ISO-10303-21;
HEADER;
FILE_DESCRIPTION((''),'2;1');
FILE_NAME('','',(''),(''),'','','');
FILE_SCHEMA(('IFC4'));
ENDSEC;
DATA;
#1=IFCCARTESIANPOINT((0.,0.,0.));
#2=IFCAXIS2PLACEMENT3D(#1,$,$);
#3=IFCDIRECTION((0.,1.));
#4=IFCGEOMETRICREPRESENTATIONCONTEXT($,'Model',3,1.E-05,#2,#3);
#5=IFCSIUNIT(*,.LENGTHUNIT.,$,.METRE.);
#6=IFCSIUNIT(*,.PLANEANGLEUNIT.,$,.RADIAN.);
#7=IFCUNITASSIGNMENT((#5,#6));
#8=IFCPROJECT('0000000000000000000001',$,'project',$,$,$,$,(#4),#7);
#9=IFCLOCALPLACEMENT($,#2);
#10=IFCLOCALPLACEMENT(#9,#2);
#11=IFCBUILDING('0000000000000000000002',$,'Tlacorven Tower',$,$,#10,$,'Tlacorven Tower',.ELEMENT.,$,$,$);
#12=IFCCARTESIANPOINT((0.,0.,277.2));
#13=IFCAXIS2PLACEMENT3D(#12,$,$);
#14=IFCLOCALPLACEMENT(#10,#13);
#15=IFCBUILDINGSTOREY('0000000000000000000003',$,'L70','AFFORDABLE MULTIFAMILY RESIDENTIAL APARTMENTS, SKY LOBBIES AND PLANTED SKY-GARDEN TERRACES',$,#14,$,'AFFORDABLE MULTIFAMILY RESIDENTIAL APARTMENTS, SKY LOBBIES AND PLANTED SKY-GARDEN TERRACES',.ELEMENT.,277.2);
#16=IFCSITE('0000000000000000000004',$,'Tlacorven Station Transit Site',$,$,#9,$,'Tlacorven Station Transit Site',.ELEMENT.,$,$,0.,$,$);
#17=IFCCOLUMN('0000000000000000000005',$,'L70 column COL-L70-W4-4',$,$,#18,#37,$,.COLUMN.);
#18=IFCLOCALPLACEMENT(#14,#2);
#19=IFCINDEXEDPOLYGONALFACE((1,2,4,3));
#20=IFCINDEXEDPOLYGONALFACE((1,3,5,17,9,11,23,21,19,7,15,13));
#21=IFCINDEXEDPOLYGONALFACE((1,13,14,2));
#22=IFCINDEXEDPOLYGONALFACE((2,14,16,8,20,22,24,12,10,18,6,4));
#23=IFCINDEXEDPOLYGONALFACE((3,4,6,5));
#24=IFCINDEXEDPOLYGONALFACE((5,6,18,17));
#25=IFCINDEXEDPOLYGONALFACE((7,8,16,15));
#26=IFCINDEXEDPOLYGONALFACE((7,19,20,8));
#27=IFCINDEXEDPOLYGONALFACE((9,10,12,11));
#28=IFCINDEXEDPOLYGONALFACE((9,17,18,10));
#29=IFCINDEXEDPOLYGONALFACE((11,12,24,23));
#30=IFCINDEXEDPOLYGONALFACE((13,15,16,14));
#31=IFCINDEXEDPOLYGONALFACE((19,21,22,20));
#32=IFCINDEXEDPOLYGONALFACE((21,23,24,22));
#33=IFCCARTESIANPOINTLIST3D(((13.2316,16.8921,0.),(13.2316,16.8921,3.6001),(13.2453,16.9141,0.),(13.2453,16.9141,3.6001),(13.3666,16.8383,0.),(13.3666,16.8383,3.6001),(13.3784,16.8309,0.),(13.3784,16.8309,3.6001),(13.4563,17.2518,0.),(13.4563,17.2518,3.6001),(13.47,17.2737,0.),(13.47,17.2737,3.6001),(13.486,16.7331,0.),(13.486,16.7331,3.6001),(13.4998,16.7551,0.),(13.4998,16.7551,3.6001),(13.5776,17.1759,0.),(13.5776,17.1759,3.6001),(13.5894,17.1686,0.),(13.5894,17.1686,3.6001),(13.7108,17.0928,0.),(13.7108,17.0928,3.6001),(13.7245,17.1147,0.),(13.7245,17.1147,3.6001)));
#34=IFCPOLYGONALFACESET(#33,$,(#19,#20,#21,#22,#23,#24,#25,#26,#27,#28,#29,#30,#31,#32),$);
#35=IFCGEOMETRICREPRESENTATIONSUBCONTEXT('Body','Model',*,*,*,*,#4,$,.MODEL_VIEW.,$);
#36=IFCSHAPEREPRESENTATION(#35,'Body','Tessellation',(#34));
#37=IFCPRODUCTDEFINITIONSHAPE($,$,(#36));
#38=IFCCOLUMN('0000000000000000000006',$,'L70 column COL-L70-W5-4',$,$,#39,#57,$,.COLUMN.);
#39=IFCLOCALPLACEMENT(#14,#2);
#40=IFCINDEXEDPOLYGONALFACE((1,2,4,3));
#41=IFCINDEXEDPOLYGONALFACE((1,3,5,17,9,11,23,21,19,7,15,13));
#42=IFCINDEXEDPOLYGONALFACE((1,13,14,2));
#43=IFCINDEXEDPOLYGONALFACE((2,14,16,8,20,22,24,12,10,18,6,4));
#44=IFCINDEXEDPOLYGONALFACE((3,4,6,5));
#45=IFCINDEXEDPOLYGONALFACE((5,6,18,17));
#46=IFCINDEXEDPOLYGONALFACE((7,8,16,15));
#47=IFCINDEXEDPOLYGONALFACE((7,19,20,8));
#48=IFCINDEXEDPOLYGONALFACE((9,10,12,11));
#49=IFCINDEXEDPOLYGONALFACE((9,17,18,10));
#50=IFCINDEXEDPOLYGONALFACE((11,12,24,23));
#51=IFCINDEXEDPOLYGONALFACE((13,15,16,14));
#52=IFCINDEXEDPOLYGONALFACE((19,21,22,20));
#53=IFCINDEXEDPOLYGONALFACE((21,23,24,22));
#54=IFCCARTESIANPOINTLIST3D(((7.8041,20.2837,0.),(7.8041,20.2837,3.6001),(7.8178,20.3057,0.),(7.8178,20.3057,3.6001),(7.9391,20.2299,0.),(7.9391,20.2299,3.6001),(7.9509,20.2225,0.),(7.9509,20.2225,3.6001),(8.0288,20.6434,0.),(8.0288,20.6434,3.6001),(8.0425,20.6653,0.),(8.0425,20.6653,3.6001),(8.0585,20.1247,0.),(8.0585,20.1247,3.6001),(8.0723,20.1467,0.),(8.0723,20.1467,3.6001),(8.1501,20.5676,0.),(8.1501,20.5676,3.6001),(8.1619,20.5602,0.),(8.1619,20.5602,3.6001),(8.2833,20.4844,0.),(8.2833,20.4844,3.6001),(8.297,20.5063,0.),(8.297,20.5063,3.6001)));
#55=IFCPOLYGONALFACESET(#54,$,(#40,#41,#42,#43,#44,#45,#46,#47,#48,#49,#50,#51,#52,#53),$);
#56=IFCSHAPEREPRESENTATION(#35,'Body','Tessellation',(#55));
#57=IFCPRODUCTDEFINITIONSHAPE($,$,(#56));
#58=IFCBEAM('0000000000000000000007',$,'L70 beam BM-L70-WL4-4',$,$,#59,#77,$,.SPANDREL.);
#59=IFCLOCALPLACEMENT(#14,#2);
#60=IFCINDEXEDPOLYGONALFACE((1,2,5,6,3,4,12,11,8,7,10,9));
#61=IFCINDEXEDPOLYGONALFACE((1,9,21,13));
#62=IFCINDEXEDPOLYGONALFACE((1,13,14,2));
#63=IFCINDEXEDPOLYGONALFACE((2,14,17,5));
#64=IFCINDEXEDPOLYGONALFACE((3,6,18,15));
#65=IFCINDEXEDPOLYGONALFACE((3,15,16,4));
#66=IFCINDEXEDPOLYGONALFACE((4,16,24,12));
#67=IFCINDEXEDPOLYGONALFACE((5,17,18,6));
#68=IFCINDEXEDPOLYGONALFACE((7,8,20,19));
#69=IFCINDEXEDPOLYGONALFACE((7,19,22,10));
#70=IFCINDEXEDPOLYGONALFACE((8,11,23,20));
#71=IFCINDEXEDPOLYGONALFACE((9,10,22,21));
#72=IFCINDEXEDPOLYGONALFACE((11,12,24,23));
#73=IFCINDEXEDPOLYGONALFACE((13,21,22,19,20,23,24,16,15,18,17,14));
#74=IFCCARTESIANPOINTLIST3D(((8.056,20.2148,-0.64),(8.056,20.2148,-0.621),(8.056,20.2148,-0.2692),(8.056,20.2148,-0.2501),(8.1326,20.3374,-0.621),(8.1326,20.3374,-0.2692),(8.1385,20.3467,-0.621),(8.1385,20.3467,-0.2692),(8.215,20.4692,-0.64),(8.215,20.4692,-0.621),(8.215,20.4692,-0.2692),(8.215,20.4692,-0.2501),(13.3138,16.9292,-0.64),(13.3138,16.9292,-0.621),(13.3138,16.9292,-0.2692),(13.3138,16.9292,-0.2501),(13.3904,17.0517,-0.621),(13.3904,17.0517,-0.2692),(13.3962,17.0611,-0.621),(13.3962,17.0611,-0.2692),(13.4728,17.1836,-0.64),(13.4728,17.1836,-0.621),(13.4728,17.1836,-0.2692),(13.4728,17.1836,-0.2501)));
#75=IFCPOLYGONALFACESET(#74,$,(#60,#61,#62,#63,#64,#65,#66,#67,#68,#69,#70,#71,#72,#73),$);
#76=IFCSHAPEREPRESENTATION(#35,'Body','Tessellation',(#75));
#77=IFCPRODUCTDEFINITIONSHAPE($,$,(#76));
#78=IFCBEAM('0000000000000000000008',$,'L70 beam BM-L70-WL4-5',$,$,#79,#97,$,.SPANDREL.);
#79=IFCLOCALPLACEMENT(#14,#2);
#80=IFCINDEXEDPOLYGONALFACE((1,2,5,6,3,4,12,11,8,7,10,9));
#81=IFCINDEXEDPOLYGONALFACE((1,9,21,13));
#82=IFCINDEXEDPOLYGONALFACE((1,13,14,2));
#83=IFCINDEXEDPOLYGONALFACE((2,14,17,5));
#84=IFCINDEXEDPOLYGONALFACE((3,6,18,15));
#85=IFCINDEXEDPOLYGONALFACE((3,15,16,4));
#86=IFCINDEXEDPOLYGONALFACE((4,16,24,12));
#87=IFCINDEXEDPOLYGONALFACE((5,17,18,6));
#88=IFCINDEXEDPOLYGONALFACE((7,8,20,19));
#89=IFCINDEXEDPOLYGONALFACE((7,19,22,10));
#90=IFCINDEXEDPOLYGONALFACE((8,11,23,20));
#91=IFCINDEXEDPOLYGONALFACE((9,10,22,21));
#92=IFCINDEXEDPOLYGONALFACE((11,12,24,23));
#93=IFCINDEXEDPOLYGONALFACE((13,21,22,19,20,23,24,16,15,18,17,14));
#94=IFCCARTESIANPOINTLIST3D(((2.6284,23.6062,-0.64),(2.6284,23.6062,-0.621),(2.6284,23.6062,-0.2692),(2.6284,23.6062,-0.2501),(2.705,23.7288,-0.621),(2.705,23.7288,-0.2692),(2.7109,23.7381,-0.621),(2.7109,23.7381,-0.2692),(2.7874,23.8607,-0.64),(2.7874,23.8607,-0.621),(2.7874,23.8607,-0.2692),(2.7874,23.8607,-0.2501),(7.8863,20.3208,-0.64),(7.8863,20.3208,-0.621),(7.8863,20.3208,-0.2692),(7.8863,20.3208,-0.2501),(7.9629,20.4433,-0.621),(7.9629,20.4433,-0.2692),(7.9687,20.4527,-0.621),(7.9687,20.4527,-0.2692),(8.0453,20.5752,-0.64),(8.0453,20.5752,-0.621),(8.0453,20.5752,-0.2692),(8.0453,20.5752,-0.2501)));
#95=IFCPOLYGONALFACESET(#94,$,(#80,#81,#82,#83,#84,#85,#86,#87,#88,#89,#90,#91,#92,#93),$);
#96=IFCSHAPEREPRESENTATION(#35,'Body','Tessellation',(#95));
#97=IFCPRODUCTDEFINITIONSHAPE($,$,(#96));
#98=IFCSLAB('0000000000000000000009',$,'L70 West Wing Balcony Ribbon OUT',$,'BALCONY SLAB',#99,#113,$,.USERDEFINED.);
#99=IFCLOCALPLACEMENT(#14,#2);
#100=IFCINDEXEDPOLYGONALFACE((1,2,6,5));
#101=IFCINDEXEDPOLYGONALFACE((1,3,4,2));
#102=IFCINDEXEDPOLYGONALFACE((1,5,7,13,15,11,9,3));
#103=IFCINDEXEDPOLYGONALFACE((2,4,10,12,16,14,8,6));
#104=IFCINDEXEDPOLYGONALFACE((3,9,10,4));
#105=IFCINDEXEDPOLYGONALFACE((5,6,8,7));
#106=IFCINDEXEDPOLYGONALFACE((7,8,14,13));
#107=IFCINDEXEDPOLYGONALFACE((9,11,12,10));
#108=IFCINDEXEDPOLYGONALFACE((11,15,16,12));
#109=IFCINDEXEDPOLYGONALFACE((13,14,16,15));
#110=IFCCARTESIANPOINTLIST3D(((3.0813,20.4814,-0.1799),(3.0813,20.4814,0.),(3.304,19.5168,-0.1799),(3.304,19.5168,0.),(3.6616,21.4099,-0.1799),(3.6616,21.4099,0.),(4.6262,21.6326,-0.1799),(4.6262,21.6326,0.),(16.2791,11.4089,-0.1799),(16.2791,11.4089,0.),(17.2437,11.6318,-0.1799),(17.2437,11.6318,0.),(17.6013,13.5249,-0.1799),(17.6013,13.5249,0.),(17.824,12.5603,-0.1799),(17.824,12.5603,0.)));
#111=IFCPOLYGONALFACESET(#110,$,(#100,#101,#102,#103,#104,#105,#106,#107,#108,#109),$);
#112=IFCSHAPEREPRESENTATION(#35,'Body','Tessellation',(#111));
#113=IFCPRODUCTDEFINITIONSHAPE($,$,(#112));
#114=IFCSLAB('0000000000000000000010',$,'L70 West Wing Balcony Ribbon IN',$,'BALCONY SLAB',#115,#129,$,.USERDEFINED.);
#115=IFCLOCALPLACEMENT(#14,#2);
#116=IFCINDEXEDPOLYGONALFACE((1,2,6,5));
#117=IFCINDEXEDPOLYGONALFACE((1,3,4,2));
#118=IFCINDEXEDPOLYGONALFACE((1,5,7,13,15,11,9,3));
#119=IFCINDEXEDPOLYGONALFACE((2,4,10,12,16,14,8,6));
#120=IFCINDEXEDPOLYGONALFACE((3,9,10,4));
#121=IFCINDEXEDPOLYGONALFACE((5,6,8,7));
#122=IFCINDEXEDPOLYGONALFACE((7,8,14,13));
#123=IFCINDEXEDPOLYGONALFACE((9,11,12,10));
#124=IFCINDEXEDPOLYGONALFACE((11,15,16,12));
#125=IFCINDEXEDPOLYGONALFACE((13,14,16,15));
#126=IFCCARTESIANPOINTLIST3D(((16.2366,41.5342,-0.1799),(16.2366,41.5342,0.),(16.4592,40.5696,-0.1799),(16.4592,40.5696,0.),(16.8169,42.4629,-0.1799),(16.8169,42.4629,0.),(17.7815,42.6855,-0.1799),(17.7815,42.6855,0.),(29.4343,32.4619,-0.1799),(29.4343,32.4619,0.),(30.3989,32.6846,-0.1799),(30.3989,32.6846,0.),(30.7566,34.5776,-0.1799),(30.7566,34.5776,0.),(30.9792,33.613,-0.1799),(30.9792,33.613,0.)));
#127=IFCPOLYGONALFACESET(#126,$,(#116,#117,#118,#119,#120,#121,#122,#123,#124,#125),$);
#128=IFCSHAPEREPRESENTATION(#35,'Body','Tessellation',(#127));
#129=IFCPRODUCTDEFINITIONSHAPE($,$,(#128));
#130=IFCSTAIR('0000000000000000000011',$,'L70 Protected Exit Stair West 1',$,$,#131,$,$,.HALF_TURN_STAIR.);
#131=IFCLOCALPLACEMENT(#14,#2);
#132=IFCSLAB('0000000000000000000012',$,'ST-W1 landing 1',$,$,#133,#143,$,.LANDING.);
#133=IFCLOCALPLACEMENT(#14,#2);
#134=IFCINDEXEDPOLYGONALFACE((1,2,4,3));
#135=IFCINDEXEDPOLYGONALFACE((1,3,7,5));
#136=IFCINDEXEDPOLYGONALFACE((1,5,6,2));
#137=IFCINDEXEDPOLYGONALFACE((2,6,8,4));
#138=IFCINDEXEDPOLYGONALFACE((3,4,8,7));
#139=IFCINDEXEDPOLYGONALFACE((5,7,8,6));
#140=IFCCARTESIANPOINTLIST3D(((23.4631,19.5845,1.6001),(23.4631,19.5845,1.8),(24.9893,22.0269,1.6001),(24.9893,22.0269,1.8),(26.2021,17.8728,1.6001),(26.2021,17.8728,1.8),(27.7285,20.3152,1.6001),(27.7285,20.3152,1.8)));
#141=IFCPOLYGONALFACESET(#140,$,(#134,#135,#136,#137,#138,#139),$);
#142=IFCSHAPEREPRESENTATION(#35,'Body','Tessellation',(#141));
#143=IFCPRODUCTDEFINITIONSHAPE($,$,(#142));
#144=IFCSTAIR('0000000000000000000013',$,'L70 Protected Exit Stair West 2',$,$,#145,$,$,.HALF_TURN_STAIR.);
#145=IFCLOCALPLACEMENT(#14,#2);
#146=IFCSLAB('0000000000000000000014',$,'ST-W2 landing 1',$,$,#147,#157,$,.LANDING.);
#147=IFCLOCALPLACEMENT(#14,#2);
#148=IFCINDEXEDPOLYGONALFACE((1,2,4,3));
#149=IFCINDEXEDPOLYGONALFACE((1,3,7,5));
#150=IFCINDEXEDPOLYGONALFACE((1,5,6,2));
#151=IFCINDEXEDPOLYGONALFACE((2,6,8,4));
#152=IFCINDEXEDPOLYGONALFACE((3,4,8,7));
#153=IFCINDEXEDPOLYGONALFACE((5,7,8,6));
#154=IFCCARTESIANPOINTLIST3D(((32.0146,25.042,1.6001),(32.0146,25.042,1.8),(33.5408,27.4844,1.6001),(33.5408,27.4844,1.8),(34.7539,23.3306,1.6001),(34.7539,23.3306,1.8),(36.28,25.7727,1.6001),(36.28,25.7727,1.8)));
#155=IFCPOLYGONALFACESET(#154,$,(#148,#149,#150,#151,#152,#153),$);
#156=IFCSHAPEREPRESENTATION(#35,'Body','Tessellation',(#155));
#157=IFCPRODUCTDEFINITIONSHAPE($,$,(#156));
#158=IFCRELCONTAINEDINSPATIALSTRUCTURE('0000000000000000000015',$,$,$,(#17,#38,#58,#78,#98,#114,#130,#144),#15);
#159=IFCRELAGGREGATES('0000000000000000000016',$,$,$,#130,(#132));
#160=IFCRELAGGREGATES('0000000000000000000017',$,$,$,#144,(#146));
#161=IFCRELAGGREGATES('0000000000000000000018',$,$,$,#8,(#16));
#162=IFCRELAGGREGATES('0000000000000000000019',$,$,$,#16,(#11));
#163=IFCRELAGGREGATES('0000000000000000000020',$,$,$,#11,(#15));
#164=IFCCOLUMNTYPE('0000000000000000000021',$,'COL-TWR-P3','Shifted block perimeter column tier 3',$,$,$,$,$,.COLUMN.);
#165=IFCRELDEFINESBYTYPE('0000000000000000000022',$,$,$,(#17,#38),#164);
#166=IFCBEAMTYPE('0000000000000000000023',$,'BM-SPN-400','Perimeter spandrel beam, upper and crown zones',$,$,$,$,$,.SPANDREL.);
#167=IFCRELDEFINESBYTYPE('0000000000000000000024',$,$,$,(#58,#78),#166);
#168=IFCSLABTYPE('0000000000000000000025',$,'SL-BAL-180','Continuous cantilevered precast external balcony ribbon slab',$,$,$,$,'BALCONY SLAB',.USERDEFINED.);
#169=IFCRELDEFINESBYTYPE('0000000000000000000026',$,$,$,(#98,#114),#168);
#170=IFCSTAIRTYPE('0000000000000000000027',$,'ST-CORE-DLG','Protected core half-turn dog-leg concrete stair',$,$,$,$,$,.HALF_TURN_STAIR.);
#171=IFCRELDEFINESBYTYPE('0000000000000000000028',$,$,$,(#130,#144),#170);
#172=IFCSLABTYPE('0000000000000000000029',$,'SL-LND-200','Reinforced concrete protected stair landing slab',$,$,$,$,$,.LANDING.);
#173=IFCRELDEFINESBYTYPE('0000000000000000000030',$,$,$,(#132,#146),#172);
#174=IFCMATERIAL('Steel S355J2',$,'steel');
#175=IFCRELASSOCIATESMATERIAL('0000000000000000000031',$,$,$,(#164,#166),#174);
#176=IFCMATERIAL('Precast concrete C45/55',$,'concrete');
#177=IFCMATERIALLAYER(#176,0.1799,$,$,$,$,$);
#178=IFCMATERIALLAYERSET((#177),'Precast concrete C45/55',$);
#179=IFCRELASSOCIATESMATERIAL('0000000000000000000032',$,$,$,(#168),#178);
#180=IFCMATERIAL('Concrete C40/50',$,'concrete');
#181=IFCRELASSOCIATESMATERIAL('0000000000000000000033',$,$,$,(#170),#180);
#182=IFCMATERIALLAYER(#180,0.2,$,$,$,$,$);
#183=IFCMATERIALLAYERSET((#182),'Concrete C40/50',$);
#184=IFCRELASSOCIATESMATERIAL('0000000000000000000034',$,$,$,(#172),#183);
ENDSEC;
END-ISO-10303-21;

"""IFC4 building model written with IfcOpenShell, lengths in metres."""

from ifc_helpers import new_model, si_unit, direction, frame, origin, origin_2d, place, context, subcontext, project, spatial, polyline, i_section, outline, extrude, source, transform, mapped, material, layer, layer_set, material_profile, profile_set, type_object, element, aggregate, save


model = new_model("IFC4")

# Units and contexts
model_context = context("Model", 3, precision=1e-05, world=origin(), true_north=direction((0.0, 1.0)))
body_context = subcontext(model_context, "Body", "Model", "MODEL_VIEW")
ifc_project = project(units=[si_unit("LENGTHUNIT", "METRE"), si_unit("PLANEANGLEUNIT", "RADIAN")], contexts=[model_context])

# Site, building, storey
site_placement = place(None, origin())
site = spatial("IfcSite", under=ifc_project, at=site_placement, Name="Tlacorven Station Transit Site", LongName="Tlacorven Station Transit Site", CompositionType="ELEMENT", RefElevation=0.0)
building_placement = place(site_placement, origin())
building = spatial("IfcBuilding", under=site, at=building_placement, Name="Tlacorven Tower", LongName="Tlacorven Tower", CompositionType="ELEMENT")
storey_placement = place(building_placement, frame((0.0, 0.0, 277.2)))
storey = spatial("IfcBuildingStorey", under=building, at=storey_placement, Name="L70", Description="AFFORDABLE MULTIFAMILY RESIDENTIAL APARTMENTS, SKY LOBBIES AND PLANTED SKY-GARDEN TERRACES", LongName="AFFORDABLE MULTIFAMILY RESIDENTIAL APARTMENTS, SKY LOBBIES AND PLANTED SKY-GARDEN TERRACES", CompositionType="ELEMENT", Elevation=277.2)

# Columns
ifc_material_1 = material(Name="Steel S355J2", Category="steel")
ifc_material_profile_1 = material_profile(ifc_material_1, i_section(OverallWidth=0.3, OverallDepth=0.45, WebThickness=0.0139, FlangeThickness=0.0259, at=origin_2d()), Name="HEB 450")
ifc_profile_set_1 = profile_set([ifc_material_profile_1], Name="Steel S355J2")
column_type = type_object("IfcColumnType", Name="COL-TWR-P3", Description="Shifted block perimeter column tier 3", PredefinedType="COLUMN", material=ifc_profile_set_1)
shared_shape_1 = source(origin(), body_context, "Body", "SweptSolid", [
    extrude(i_section(OverallWidth=0.3, OverallDepth=0.45, WebThickness=0.0139, FlangeThickness=0.0259, at=origin_2d()), origin(), (0.0, 0.0, 1.0), 3.6001),
])
for number, where, z_axis, x_axis, name in (
    (1, (13.478, 17.0034, 0.0), (0.0, 0.0, 1.0), (-0.848048, 0.529919, 0.0), "L70 column COL-L70-W4-4"),
    (2, (8.0505, 20.395, 0.0), (0.0, 0.0, 1.0), (-0.848048, 0.529919, 0.0), "L70 column COL-L70-W5-4"),
):
    element("IfcColumn", number, at=place(storey_placement, frame(where, z_axis=z_axis, x_axis=x_axis)), inside=storey, type_object=column_type, Name=name, PredefinedType="COLUMN", context=body_context, shape_type="MappedRepresentation", body=[
        mapped(shared_shape_1, transform((0.0, 0.0, 0.0), scale=1.0)),
    ])

# Beams
ifc_material_profile_2 = material_profile(ifc_material_1, i_section(OverallWidth=0.3, OverallDepth=0.3899, WebThickness=0.011, FlangeThickness=0.019, at=origin_2d()), Name="HEA 400")
ifc_profile_set_2 = profile_set([ifc_material_profile_2], Name="Steel S355J2")
beam_type = type_object("IfcBeamType", Name="BM-SPN-400", Description="Perimeter spandrel beam, upper and crown zones", PredefinedType="SPANDREL", material=ifc_profile_set_2)
shared_shape_2 = source(origin(), body_context, "Body", "SweptSolid", [
    extrude(i_section(OverallWidth=0.3, OverallDepth=0.3899, WebThickness=0.011, FlangeThickness=0.019, at=origin_2d()), origin(), (0.0, 0.0, 1.0), 6.2),
])
for number, where, z_axis, x_axis, name in (
    (3, (13.3933, 17.0564, -0.4451), (-0.848034, 0.529942, 0.0), (-0.529942, -0.848034, 0.0), "L70 beam BM-L70-WL4-4"),
    (4, (7.9658, 20.448, -0.4451), (-0.848051, 0.529914, 0.0), (-0.529914, -0.848051, 0.0), "L70 beam BM-L70-WL4-5"),
):
    element("IfcBeam", number, at=place(storey_placement, frame(where, z_axis=z_axis, x_axis=x_axis)), inside=storey, type_object=beam_type, Name=name, PredefinedType="SPANDREL", context=body_context, shape_type="MappedRepresentation", body=[
        mapped(shared_shape_2, transform((0.0, 0.0, 0.0), scale=1.0)),
    ])

# Slabs
ifc_material_2 = material(Name="Precast concrete C45/55", Category="concrete")
ifc_layer_1 = layer(ifc_material_2, 0.1799)
ifc_layer_set_1 = layer_set([ifc_layer_1], Name="Precast concrete C45/55")
slab_type_1 = type_object("IfcSlabType", Name="SL-BAL-180", Description="Continuous cantilevered precast external balcony ribbon slab", ElementType="BALCONY SLAB", PredefinedType="USERDEFINED", material=ifc_layer_set_1)
slab_1_placement = place(storey_placement, frame((0.0, 0.0, -0.1799)))
element("IfcSlab", 5, at=slab_1_placement, inside=storey, type_object=slab_type_1, Name="L70 West Wing Balcony Ribbon OUT", ObjectType="BALCONY SLAB", PredefinedType="USERDEFINED", context=body_context, shape_type="SweptSolid", body=[
    extrude(outline(polyline([(17.6013, 13.5249), (4.6262, 21.6326), (3.6616, 21.4099), (3.0813, 20.4814), (3.304, 19.5168), (16.2791, 11.4089), (17.2437, 11.6318), (17.824, 12.5603), (17.6013, 13.5249)])), origin(), (0.0, 0.0, 1.0), 0.1799),
])
slab_2_placement = place(storey_placement, frame((0.0, 0.0, -0.1799)))
element("IfcSlab", 6, at=slab_2_placement, inside=storey, type_object=slab_type_1, Name="L70 West Wing Balcony Ribbon IN", ObjectType="BALCONY SLAB", PredefinedType="USERDEFINED", context=body_context, shape_type="SweptSolid", body=[
    extrude(outline(polyline([(30.7566, 34.5776), (17.7815, 42.6855), (16.8169, 42.4629), (16.2366, 41.5342), (16.4592, 40.5696), (29.4343, 32.4619), (30.3989, 32.6846), (30.9792, 33.613), (30.7566, 34.5776)])), origin(), (0.0, 0.0, 1.0), 0.1799),
])

# Stairs, slabs
ifc_material_3 = material(Name="Concrete C40/50", Category="concrete")
stair_type = type_object("IfcStairType", Name="ST-CORE-DLG", Description="Protected core half-turn dog-leg concrete stair", PredefinedType="HALF_TURN_STAIR", material=ifc_material_3)
stair_1_placement = place(storey_placement, origin())
stair_1 = element("IfcStair", 7, at=stair_1_placement, inside=storey, type_object=stair_type, Name="L70 Protected Exit Stair West 1", PredefinedType="HALF_TURN_STAIR")
ifc_layer_2 = layer(ifc_material_3, 0.2)
ifc_layer_set_2 = layer_set([ifc_layer_2], Name="Concrete C40/50")
slab_type_2 = type_object("IfcSlabType", Name="SL-LND-200", Description="Reinforced concrete protected stair landing slab", PredefinedType="LANDING", material=ifc_layer_set_2)
slab_3_placement = place(storey_placement, frame((0.0, 0.0, 1.6001)))
slab_3 = element("IfcSlab", 8, at=slab_3_placement, type_object=slab_type_2, Name="ST-W1 landing 1", PredefinedType="LANDING", context=body_context, shape_type="SweptSolid", body=[
    extrude(outline(polyline([(27.7285, 20.3152), (24.9893, 22.0269), (23.4631, 19.5845), (26.2021, 17.8728), (27.7285, 20.3152)])), origin(), (0.0, 0.0, 1.0), 0.2),
])
aggregate(stair_1, [slab_3])
stair_2_placement = place(storey_placement, origin())
stair_2 = element("IfcStair", 9, at=stair_2_placement, inside=storey, type_object=stair_type, Name="L70 Protected Exit Stair West 2", PredefinedType="HALF_TURN_STAIR")
slab_4_placement = place(storey_placement, frame((0.0, 0.0, 1.6001)))
slab_4 = element("IfcSlab", 10, at=slab_4_placement, type_object=slab_type_2, Name="ST-W2 landing 1", PredefinedType="LANDING", context=body_context, shape_type="SweptSolid", body=[
    extrude(outline(polyline([(36.28, 25.7727), (33.5408, 27.4844), (32.0146, 25.042), (34.7539, 23.3306), (36.28, 25.7727)])), origin(), (0.0, 0.0, 1.0), 0.2),
])
aggregate(stair_2, [slab_4])

save(model, "model.ifc")
